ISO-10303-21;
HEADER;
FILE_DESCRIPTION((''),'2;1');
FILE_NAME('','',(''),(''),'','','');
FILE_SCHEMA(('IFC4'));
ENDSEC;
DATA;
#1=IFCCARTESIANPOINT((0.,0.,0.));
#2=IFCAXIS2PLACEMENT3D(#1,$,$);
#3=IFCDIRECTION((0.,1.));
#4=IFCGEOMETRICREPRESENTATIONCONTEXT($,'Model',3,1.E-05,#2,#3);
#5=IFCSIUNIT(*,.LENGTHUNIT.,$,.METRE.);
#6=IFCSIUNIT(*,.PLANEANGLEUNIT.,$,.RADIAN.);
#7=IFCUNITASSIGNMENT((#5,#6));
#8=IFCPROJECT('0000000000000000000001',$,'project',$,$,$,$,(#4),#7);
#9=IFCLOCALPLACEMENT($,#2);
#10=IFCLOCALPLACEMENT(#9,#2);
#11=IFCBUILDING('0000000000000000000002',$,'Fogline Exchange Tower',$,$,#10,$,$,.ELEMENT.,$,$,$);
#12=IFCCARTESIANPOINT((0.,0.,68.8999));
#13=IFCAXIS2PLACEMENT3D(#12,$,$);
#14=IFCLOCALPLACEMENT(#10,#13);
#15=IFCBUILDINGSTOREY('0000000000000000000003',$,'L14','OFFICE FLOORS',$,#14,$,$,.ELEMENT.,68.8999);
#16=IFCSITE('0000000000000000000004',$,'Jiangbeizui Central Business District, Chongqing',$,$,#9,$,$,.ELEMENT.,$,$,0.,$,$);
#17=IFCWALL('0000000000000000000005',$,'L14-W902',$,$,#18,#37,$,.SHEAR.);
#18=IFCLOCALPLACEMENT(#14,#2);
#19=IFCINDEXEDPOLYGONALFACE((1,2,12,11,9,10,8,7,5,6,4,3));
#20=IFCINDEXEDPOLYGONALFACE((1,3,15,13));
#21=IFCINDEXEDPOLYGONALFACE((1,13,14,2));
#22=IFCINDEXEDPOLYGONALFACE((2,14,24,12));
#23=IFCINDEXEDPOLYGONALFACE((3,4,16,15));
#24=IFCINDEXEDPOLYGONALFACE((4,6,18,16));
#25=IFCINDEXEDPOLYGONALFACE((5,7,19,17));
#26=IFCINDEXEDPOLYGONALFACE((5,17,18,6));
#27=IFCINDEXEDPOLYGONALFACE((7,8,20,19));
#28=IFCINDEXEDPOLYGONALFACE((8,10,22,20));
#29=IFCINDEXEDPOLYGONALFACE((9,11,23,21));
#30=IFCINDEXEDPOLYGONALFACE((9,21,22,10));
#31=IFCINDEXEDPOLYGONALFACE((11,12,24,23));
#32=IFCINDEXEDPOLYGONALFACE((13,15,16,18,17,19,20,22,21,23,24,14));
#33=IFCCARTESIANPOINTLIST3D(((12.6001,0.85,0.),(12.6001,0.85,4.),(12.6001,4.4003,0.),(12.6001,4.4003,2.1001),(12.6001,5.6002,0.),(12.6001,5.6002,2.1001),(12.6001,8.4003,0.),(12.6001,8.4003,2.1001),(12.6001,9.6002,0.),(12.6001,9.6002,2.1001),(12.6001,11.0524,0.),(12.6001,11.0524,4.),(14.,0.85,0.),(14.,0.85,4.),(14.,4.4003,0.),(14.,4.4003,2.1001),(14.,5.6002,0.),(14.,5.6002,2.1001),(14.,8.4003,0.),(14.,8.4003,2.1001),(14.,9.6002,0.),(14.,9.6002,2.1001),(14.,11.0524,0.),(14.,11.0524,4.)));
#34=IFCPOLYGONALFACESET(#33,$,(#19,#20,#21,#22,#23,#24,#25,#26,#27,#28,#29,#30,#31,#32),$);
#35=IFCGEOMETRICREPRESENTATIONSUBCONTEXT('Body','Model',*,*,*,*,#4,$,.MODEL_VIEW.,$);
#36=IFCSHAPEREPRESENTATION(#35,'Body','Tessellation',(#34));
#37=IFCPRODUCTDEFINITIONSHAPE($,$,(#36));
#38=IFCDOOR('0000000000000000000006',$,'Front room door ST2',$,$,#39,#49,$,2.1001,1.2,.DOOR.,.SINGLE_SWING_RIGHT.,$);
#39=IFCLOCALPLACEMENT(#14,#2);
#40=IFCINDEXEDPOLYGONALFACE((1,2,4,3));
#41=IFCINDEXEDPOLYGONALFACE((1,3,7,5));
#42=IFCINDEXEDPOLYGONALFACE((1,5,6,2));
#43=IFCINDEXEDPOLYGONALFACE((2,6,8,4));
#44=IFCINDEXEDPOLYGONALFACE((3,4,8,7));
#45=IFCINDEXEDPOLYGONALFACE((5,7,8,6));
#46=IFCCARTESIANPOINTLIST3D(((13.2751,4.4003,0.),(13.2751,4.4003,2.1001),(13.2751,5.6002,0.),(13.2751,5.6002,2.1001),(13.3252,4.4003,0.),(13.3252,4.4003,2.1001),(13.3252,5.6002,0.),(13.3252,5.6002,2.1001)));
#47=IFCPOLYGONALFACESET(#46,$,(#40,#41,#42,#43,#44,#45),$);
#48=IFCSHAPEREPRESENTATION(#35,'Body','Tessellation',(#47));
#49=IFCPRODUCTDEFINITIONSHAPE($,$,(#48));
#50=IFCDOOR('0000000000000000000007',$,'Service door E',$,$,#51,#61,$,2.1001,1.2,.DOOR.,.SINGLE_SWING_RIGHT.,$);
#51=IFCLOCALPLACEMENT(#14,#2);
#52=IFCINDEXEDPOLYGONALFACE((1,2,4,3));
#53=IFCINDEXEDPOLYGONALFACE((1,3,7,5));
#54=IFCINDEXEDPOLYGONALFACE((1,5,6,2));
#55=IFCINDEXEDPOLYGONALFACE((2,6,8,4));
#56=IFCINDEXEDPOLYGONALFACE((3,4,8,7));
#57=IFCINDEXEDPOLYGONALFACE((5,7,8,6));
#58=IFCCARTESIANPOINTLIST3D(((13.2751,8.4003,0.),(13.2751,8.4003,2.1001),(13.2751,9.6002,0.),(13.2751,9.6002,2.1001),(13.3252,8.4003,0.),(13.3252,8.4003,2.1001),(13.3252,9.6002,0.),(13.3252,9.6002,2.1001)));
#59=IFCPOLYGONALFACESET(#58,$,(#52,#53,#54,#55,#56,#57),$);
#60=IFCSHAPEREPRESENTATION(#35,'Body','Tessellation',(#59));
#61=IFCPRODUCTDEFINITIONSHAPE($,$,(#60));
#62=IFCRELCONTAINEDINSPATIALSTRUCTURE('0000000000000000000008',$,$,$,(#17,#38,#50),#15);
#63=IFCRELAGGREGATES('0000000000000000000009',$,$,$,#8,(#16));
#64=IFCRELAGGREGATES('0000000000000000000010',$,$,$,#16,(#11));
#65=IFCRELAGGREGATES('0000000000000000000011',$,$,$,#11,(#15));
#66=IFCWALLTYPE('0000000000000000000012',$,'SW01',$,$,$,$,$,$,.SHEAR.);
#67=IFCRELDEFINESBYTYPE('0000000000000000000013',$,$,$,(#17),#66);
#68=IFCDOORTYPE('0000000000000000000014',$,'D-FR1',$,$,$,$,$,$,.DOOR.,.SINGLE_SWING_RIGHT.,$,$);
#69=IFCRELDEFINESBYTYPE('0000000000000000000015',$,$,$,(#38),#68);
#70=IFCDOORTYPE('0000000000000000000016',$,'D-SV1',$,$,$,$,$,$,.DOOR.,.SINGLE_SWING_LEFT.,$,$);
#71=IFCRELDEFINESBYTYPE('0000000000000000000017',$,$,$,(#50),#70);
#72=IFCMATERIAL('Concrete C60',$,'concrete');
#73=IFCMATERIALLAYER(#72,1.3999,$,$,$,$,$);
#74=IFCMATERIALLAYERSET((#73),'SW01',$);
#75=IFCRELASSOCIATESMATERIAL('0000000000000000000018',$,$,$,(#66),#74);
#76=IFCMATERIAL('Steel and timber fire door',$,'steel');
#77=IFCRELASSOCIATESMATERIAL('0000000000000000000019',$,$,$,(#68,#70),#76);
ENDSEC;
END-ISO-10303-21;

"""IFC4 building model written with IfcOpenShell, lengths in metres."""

from ifc_helpers import new_model, si_unit, direction, frame, frame_2d, origin, place, context, subcontext, project, spatial, rectangle, extrude, material, layer, layer_set, type_object, element, fill, save


model = new_model("IFC4")

# Units and contexts
model_context = context("Model", 3, precision=1e-05, world=origin(), true_north=direction((0.0, 1.0)))
body_context = subcontext(model_context, "Body", "Model", "MODEL_VIEW")
ifc_project = project(units=[si_unit("LENGTHUNIT", "METRE"), si_unit("PLANEANGLEUNIT", "RADIAN")], contexts=[model_context])

# Site, building, storey
site_placement = place(None, origin())
site = spatial("IfcSite", under=ifc_project, at=site_placement, Name="Jiangbeizui Central Business District, Chongqing", CompositionType="ELEMENT", RefElevation=0.0)
building_placement = place(site_placement, origin())
building = spatial("IfcBuilding", under=site, at=building_placement, Name="Fogline Exchange Tower", CompositionType="ELEMENT")
storey_placement = place(building_placement, frame((0.0, 0.0, 68.8999)))
storey = spatial("IfcBuildingStorey", under=building, at=storey_placement, Name="L14", Description="OFFICE FLOORS", CompositionType="ELEMENT", Elevation=68.8999)

# Shared definitions
ifc_material_1 = material(Name="Steel and timber fire door", Category="steel")

# Wall, openings, doors
ifc_material_2 = material(Name="Concrete C60", Category="concrete")
ifc_layer_1 = layer(ifc_material_2, 1.3999)
ifc_layer_set_1 = layer_set([ifc_layer_1], Name="SW01")
wall_type_1 = type_object("IfcWallType", Name="SW01", PredefinedType="SHEAR", material=ifc_layer_set_1)
wall_1_placement = place(storey_placement, frame((13.3, 0.8501, 0.0), z_axis=(0.0, 0.0, 1.0), x_axis=(0.0, 1.0, 0.0)))
wall_1 = element("IfcWall", 1, at=wall_1_placement, inside=storey, type_object=wall_type_1, Name="L14-W902", PredefinedType="SHEAR", context=body_context, shape_type="SweptSolid", body=[
    extrude(rectangle(XDim=10.2024, YDim=1.3999, at=frame_2d((5.1011, 0.0))), origin(), (0.0, 0.0, 1.0), 4.0),
])
opening_1_placement = place(wall_1_placement, frame((3.55, 0.0, 0.0)))
opening_1 = element("IfcOpeningElement", 2, at=opening_1_placement, cuts=wall_1, PredefinedType="OPENING", context=body_context, shape_type="SweptSolid", body=[
    extrude(rectangle(XDim=1.2, YDim=2.1001, at=frame_2d((0.6001, 1.05))), frame((0.0, 0.71, 0.0), z_axis=(0.0, -1.0, 0.0), x_axis=(1.0, 0.0, 0.0)), (0.0, 0.0, 1.0), 1.4199),
])
opening_2_placement = place(wall_1_placement, frame((7.55, 0.0, 0.0)))
opening_2 = element("IfcOpeningElement", 3, at=opening_2_placement, cuts=wall_1, PredefinedType="OPENING", context=body_context, shape_type="SweptSolid", body=[
    extrude(rectangle(XDim=1.2, YDim=2.1001, at=frame_2d((0.6001, 1.05))), frame((0.0, 0.71, 0.0), z_axis=(0.0, -1.0, 0.0), x_axis=(1.0, 0.0, 0.0)), (0.0, 0.0, 1.0), 1.4199),
])
door_type_1 = type_object("IfcDoorType", Name="D-FR1", OperationType="SINGLE_SWING_RIGHT", PredefinedType="DOOR", material=ifc_material_1)
door_1_placement = place(opening_1_placement, origin())
door_1 = element("IfcDoor", 4, at=door_1_placement, inside=storey, type_object=door_type_1, Name="Front room door ST2", OperationType="SINGLE_SWING_RIGHT", OverallHeight=2.1001, OverallWidth=1.2, PredefinedType="DOOR", context=body_context, shape_type="SweptSolid", body=[
    extrude(rectangle(XDim=1.2, YDim=2.1001, at=frame_2d((0.6001, 1.05))), frame((0.0, 0.0249, 0.0), z_axis=(0.0, -1.0, 0.0), x_axis=(1.0, 0.0, 0.0)), (0.0, 0.0, 1.0), 0.05),
])
fill(opening_1, door_1)
door_type_2 = type_object("IfcDoorType", Name="D-SV1", OperationType="SINGLE_SWING_LEFT", PredefinedType="DOOR", material=ifc_material_1)
door_2_placement = place(opening_2_placement, origin())
door_2 = element("IfcDoor", 5, at=door_2_placement, inside=storey, type_object=door_type_2, Name="Service door E", OperationType="SINGLE_SWING_RIGHT", OverallHeight=2.1001, OverallWidth=1.2, PredefinedType="DOOR", context=body_context, shape_type="SweptSolid", body=[
    extrude(rectangle(XDim=1.2, YDim=2.1001, at=frame_2d((0.6001, 1.05))), frame((0.0, 0.0249, 0.0), z_axis=(0.0, -1.0, 0.0), x_axis=(1.0, 0.0, 0.0)), (0.0, 0.0, 1.0), 0.05),
])
fill(opening_2, door_2)

save(model, "model.ifc")
